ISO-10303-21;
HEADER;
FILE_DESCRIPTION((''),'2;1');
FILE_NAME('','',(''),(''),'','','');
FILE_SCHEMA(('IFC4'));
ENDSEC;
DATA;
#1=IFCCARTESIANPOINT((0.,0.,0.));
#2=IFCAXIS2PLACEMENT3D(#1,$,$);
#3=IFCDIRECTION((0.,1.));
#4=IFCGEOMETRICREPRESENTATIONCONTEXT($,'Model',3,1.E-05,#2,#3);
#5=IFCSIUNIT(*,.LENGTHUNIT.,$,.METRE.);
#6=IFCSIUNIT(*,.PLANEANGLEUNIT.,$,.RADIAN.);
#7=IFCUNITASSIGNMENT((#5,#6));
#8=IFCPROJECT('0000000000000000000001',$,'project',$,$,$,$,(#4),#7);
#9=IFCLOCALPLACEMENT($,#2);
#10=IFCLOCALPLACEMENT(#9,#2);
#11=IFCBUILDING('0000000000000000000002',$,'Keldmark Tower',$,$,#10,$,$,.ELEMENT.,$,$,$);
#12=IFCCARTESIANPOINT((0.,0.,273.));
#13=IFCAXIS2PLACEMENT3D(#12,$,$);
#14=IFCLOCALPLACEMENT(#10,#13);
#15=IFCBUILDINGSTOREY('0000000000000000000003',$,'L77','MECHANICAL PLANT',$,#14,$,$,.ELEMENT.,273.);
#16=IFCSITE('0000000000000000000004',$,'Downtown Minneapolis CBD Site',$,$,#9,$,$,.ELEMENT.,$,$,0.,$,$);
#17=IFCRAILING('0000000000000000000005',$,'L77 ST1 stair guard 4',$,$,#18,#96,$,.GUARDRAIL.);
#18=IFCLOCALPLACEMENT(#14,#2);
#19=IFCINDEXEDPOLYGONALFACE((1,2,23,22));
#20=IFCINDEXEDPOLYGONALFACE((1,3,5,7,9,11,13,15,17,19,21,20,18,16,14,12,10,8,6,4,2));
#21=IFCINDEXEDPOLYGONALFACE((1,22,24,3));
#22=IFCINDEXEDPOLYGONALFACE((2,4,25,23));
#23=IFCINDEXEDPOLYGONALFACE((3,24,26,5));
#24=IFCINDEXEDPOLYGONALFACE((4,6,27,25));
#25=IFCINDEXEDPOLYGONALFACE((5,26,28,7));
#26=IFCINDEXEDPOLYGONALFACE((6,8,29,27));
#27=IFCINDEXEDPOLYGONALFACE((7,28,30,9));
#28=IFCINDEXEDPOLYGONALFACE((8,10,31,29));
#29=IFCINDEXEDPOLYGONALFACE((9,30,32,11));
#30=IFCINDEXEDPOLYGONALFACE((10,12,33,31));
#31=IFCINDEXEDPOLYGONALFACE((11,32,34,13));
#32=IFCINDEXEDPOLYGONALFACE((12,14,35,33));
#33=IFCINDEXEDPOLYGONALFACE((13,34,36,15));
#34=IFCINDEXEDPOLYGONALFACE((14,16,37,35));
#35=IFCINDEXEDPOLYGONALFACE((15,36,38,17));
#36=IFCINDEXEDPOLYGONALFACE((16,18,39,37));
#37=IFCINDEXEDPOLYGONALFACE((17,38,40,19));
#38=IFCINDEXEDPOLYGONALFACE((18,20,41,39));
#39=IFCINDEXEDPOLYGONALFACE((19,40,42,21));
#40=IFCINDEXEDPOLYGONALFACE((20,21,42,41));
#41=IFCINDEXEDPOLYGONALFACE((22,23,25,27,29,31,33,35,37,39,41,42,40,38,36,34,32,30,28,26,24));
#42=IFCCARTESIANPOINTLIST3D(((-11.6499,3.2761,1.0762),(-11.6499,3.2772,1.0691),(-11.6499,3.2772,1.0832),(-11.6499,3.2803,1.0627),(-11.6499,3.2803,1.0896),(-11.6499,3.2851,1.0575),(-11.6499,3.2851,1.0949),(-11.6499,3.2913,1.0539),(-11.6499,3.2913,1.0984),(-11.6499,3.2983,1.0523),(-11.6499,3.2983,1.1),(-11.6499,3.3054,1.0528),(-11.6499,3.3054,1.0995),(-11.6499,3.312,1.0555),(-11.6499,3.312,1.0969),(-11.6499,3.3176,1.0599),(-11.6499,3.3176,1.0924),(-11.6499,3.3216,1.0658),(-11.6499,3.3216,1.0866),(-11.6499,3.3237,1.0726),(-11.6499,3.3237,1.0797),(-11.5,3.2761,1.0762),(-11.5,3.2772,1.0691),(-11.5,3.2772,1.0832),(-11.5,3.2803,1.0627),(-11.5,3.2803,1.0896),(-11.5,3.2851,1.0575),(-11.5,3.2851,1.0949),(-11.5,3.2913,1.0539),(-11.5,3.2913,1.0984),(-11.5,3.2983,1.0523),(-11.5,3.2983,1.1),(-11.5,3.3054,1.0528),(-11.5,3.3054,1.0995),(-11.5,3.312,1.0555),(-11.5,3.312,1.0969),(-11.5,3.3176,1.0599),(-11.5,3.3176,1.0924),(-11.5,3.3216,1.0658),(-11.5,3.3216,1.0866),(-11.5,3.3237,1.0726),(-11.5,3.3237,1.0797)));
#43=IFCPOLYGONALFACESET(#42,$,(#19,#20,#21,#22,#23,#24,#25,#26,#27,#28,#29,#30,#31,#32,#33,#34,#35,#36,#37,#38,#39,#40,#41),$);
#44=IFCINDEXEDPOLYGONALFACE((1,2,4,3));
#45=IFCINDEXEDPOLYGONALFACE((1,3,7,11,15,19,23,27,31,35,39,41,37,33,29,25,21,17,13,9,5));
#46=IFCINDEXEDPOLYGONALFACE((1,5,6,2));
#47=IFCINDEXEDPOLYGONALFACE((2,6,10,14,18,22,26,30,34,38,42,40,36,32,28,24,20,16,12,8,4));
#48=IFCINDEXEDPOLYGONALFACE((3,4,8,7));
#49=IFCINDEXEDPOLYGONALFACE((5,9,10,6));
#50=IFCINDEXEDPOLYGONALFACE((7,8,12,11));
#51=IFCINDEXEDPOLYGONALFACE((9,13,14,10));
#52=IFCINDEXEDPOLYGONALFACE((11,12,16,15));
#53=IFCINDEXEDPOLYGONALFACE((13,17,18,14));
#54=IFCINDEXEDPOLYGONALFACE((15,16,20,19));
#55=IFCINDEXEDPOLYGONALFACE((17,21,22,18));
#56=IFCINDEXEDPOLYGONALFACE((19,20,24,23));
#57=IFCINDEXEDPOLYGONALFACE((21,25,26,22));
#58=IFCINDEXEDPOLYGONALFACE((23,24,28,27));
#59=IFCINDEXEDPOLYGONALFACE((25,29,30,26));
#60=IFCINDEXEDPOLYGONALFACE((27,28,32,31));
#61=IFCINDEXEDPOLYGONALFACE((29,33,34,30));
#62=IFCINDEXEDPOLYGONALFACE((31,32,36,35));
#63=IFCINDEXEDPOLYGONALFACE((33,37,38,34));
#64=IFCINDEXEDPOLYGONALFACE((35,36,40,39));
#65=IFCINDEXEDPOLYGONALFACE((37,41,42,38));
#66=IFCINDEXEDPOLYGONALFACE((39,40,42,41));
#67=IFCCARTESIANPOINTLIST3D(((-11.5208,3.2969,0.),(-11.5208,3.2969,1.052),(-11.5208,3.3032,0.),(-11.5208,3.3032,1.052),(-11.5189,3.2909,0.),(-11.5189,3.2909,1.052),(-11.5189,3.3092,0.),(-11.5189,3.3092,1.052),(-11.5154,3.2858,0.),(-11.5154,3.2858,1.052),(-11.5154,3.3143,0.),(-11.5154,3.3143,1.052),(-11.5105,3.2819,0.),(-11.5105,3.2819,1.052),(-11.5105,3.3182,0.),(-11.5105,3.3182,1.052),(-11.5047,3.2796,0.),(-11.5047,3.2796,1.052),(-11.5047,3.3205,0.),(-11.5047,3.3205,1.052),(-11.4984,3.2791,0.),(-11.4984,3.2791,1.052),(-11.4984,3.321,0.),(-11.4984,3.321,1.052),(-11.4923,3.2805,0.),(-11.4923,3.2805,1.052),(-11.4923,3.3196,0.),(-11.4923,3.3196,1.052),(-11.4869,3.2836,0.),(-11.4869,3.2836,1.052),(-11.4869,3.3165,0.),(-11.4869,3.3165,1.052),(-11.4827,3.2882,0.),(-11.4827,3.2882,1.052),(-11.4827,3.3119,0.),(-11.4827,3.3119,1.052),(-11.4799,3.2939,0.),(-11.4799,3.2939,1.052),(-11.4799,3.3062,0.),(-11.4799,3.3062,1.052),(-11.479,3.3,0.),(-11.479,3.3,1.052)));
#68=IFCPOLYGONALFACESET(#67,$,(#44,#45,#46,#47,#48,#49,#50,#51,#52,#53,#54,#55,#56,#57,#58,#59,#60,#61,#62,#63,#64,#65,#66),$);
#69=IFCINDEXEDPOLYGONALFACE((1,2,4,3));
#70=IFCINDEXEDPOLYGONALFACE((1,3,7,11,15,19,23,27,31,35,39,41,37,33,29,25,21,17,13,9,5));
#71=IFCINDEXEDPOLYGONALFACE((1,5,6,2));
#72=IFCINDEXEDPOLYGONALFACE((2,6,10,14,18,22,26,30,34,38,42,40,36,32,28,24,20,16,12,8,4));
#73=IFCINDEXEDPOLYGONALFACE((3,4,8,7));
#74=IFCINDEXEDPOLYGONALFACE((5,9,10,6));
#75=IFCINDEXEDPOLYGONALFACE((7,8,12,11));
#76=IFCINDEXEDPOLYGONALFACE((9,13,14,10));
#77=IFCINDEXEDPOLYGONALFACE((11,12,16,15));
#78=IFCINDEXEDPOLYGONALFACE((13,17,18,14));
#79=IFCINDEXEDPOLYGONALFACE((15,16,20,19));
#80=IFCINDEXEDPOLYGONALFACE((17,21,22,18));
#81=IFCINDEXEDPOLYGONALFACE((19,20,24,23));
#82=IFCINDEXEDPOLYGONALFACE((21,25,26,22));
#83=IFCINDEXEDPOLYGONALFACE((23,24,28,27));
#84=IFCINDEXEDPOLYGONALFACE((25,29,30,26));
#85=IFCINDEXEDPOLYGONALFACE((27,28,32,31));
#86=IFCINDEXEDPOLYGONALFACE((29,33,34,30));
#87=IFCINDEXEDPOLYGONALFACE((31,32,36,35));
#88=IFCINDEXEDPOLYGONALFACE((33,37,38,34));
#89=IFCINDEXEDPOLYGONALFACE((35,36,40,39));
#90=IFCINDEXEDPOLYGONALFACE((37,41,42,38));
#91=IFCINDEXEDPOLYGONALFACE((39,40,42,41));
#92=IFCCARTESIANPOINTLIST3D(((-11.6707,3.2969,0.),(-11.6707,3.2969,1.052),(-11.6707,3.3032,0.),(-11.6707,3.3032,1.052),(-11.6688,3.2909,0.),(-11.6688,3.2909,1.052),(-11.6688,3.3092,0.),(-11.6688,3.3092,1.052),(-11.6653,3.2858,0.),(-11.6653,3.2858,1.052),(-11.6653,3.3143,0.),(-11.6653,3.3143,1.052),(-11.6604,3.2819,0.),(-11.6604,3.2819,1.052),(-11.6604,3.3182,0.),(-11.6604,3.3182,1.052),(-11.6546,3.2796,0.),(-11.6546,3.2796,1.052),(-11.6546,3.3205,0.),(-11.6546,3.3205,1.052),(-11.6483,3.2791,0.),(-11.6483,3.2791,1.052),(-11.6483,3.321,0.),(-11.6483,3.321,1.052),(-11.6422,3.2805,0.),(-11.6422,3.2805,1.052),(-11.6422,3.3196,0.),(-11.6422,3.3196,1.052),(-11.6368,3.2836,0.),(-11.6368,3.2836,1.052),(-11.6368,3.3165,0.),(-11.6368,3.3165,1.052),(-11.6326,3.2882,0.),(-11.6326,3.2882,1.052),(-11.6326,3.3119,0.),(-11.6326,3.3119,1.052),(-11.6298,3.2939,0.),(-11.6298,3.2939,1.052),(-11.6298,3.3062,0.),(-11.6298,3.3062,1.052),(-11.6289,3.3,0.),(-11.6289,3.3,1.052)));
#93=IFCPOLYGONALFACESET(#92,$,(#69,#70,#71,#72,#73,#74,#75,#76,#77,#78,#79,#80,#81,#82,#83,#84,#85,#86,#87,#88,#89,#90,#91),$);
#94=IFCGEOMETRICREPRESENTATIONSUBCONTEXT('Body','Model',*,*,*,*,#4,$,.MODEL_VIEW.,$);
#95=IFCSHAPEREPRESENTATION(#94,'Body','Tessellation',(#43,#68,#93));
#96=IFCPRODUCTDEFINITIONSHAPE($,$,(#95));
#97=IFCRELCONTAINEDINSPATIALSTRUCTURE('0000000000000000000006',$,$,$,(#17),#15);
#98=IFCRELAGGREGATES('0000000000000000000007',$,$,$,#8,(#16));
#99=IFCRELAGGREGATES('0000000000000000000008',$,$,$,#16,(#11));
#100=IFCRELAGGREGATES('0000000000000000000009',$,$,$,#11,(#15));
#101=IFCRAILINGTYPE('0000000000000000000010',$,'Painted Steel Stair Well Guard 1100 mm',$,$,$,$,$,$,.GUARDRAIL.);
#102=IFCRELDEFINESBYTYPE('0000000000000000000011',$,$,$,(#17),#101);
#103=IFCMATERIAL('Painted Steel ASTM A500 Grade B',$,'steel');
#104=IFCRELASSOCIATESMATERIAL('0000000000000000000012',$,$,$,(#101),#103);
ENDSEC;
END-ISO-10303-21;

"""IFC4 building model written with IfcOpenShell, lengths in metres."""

from ifc_helpers import new_model, si_unit, direction, frame, origin, origin_2d, place, context, subcontext, project, spatial, circle, extrude, material, type_object, element, save


model = new_model("IFC4")

# Units and contexts
model_context = context("Model", 3, precision=1e-05, world=origin(), true_north=direction((0.0, 1.0)))
body_context = subcontext(model_context, "Body", "Model", "MODEL_VIEW")
ifc_project = project(units=[si_unit("LENGTHUNIT", "METRE"), si_unit("PLANEANGLEUNIT", "RADIAN")], contexts=[model_context])

# Site, building, storey
site_placement = place(None, origin())
site = spatial("IfcSite", under=ifc_project, at=site_placement, Name="Downtown Minneapolis CBD Site", CompositionType="ELEMENT", RefElevation=0.0)
building_placement = place(site_placement, origin())
building = spatial("IfcBuilding", under=site, at=building_placement, Name="Keldmark Tower", CompositionType="ELEMENT")
storey_placement = place(building_placement, frame((0.0, 0.0, 273.0)))
storey = spatial("IfcBuildingStorey", under=building, at=storey_placement, Name="L77", Description="MECHANICAL PLANT", CompositionType="ELEMENT", Elevation=273.0)

# Railing
ifc_material_1 = material(Name="Painted Steel ASTM A500 Grade B", Category="steel")
railing_type_1 = type_object("IfcRailingType", Name="Painted Steel Stair Well Guard 1100 mm", PredefinedType="GUARDRAIL", material=ifc_material_1)
railing_1_placement = place(storey_placement, frame((-11.5, 3.3, 0.0)))
element("IfcRailing", 1, at=railing_1_placement, inside=storey, type_object=railing_type_1, Name="L77 ST1 stair guard 4", PredefinedType="GUARDRAIL", context=body_context, shape_type="SweptSolid", body=[
    extrude(circle(Radius=0.0239, at=origin_2d()), frame((0.0, 0.0, 1.0762), z_axis=(-1.0, 0.0, 0.0), x_axis=(0.0, -1.0, 0.0)), (0.0, 0.0, 1.0), 0.1499),
    extrude(circle(Radius=0.021, at=origin_2d()), origin(), (0.0, 0.0, 1.0), 1.052),
    extrude(circle(Radius=0.021, at=origin_2d()), frame((-0.1499, 0.0, 0.0)), (0.0, 0.0, 1.0), 1.052),
])

save(model, "model.ifc")
